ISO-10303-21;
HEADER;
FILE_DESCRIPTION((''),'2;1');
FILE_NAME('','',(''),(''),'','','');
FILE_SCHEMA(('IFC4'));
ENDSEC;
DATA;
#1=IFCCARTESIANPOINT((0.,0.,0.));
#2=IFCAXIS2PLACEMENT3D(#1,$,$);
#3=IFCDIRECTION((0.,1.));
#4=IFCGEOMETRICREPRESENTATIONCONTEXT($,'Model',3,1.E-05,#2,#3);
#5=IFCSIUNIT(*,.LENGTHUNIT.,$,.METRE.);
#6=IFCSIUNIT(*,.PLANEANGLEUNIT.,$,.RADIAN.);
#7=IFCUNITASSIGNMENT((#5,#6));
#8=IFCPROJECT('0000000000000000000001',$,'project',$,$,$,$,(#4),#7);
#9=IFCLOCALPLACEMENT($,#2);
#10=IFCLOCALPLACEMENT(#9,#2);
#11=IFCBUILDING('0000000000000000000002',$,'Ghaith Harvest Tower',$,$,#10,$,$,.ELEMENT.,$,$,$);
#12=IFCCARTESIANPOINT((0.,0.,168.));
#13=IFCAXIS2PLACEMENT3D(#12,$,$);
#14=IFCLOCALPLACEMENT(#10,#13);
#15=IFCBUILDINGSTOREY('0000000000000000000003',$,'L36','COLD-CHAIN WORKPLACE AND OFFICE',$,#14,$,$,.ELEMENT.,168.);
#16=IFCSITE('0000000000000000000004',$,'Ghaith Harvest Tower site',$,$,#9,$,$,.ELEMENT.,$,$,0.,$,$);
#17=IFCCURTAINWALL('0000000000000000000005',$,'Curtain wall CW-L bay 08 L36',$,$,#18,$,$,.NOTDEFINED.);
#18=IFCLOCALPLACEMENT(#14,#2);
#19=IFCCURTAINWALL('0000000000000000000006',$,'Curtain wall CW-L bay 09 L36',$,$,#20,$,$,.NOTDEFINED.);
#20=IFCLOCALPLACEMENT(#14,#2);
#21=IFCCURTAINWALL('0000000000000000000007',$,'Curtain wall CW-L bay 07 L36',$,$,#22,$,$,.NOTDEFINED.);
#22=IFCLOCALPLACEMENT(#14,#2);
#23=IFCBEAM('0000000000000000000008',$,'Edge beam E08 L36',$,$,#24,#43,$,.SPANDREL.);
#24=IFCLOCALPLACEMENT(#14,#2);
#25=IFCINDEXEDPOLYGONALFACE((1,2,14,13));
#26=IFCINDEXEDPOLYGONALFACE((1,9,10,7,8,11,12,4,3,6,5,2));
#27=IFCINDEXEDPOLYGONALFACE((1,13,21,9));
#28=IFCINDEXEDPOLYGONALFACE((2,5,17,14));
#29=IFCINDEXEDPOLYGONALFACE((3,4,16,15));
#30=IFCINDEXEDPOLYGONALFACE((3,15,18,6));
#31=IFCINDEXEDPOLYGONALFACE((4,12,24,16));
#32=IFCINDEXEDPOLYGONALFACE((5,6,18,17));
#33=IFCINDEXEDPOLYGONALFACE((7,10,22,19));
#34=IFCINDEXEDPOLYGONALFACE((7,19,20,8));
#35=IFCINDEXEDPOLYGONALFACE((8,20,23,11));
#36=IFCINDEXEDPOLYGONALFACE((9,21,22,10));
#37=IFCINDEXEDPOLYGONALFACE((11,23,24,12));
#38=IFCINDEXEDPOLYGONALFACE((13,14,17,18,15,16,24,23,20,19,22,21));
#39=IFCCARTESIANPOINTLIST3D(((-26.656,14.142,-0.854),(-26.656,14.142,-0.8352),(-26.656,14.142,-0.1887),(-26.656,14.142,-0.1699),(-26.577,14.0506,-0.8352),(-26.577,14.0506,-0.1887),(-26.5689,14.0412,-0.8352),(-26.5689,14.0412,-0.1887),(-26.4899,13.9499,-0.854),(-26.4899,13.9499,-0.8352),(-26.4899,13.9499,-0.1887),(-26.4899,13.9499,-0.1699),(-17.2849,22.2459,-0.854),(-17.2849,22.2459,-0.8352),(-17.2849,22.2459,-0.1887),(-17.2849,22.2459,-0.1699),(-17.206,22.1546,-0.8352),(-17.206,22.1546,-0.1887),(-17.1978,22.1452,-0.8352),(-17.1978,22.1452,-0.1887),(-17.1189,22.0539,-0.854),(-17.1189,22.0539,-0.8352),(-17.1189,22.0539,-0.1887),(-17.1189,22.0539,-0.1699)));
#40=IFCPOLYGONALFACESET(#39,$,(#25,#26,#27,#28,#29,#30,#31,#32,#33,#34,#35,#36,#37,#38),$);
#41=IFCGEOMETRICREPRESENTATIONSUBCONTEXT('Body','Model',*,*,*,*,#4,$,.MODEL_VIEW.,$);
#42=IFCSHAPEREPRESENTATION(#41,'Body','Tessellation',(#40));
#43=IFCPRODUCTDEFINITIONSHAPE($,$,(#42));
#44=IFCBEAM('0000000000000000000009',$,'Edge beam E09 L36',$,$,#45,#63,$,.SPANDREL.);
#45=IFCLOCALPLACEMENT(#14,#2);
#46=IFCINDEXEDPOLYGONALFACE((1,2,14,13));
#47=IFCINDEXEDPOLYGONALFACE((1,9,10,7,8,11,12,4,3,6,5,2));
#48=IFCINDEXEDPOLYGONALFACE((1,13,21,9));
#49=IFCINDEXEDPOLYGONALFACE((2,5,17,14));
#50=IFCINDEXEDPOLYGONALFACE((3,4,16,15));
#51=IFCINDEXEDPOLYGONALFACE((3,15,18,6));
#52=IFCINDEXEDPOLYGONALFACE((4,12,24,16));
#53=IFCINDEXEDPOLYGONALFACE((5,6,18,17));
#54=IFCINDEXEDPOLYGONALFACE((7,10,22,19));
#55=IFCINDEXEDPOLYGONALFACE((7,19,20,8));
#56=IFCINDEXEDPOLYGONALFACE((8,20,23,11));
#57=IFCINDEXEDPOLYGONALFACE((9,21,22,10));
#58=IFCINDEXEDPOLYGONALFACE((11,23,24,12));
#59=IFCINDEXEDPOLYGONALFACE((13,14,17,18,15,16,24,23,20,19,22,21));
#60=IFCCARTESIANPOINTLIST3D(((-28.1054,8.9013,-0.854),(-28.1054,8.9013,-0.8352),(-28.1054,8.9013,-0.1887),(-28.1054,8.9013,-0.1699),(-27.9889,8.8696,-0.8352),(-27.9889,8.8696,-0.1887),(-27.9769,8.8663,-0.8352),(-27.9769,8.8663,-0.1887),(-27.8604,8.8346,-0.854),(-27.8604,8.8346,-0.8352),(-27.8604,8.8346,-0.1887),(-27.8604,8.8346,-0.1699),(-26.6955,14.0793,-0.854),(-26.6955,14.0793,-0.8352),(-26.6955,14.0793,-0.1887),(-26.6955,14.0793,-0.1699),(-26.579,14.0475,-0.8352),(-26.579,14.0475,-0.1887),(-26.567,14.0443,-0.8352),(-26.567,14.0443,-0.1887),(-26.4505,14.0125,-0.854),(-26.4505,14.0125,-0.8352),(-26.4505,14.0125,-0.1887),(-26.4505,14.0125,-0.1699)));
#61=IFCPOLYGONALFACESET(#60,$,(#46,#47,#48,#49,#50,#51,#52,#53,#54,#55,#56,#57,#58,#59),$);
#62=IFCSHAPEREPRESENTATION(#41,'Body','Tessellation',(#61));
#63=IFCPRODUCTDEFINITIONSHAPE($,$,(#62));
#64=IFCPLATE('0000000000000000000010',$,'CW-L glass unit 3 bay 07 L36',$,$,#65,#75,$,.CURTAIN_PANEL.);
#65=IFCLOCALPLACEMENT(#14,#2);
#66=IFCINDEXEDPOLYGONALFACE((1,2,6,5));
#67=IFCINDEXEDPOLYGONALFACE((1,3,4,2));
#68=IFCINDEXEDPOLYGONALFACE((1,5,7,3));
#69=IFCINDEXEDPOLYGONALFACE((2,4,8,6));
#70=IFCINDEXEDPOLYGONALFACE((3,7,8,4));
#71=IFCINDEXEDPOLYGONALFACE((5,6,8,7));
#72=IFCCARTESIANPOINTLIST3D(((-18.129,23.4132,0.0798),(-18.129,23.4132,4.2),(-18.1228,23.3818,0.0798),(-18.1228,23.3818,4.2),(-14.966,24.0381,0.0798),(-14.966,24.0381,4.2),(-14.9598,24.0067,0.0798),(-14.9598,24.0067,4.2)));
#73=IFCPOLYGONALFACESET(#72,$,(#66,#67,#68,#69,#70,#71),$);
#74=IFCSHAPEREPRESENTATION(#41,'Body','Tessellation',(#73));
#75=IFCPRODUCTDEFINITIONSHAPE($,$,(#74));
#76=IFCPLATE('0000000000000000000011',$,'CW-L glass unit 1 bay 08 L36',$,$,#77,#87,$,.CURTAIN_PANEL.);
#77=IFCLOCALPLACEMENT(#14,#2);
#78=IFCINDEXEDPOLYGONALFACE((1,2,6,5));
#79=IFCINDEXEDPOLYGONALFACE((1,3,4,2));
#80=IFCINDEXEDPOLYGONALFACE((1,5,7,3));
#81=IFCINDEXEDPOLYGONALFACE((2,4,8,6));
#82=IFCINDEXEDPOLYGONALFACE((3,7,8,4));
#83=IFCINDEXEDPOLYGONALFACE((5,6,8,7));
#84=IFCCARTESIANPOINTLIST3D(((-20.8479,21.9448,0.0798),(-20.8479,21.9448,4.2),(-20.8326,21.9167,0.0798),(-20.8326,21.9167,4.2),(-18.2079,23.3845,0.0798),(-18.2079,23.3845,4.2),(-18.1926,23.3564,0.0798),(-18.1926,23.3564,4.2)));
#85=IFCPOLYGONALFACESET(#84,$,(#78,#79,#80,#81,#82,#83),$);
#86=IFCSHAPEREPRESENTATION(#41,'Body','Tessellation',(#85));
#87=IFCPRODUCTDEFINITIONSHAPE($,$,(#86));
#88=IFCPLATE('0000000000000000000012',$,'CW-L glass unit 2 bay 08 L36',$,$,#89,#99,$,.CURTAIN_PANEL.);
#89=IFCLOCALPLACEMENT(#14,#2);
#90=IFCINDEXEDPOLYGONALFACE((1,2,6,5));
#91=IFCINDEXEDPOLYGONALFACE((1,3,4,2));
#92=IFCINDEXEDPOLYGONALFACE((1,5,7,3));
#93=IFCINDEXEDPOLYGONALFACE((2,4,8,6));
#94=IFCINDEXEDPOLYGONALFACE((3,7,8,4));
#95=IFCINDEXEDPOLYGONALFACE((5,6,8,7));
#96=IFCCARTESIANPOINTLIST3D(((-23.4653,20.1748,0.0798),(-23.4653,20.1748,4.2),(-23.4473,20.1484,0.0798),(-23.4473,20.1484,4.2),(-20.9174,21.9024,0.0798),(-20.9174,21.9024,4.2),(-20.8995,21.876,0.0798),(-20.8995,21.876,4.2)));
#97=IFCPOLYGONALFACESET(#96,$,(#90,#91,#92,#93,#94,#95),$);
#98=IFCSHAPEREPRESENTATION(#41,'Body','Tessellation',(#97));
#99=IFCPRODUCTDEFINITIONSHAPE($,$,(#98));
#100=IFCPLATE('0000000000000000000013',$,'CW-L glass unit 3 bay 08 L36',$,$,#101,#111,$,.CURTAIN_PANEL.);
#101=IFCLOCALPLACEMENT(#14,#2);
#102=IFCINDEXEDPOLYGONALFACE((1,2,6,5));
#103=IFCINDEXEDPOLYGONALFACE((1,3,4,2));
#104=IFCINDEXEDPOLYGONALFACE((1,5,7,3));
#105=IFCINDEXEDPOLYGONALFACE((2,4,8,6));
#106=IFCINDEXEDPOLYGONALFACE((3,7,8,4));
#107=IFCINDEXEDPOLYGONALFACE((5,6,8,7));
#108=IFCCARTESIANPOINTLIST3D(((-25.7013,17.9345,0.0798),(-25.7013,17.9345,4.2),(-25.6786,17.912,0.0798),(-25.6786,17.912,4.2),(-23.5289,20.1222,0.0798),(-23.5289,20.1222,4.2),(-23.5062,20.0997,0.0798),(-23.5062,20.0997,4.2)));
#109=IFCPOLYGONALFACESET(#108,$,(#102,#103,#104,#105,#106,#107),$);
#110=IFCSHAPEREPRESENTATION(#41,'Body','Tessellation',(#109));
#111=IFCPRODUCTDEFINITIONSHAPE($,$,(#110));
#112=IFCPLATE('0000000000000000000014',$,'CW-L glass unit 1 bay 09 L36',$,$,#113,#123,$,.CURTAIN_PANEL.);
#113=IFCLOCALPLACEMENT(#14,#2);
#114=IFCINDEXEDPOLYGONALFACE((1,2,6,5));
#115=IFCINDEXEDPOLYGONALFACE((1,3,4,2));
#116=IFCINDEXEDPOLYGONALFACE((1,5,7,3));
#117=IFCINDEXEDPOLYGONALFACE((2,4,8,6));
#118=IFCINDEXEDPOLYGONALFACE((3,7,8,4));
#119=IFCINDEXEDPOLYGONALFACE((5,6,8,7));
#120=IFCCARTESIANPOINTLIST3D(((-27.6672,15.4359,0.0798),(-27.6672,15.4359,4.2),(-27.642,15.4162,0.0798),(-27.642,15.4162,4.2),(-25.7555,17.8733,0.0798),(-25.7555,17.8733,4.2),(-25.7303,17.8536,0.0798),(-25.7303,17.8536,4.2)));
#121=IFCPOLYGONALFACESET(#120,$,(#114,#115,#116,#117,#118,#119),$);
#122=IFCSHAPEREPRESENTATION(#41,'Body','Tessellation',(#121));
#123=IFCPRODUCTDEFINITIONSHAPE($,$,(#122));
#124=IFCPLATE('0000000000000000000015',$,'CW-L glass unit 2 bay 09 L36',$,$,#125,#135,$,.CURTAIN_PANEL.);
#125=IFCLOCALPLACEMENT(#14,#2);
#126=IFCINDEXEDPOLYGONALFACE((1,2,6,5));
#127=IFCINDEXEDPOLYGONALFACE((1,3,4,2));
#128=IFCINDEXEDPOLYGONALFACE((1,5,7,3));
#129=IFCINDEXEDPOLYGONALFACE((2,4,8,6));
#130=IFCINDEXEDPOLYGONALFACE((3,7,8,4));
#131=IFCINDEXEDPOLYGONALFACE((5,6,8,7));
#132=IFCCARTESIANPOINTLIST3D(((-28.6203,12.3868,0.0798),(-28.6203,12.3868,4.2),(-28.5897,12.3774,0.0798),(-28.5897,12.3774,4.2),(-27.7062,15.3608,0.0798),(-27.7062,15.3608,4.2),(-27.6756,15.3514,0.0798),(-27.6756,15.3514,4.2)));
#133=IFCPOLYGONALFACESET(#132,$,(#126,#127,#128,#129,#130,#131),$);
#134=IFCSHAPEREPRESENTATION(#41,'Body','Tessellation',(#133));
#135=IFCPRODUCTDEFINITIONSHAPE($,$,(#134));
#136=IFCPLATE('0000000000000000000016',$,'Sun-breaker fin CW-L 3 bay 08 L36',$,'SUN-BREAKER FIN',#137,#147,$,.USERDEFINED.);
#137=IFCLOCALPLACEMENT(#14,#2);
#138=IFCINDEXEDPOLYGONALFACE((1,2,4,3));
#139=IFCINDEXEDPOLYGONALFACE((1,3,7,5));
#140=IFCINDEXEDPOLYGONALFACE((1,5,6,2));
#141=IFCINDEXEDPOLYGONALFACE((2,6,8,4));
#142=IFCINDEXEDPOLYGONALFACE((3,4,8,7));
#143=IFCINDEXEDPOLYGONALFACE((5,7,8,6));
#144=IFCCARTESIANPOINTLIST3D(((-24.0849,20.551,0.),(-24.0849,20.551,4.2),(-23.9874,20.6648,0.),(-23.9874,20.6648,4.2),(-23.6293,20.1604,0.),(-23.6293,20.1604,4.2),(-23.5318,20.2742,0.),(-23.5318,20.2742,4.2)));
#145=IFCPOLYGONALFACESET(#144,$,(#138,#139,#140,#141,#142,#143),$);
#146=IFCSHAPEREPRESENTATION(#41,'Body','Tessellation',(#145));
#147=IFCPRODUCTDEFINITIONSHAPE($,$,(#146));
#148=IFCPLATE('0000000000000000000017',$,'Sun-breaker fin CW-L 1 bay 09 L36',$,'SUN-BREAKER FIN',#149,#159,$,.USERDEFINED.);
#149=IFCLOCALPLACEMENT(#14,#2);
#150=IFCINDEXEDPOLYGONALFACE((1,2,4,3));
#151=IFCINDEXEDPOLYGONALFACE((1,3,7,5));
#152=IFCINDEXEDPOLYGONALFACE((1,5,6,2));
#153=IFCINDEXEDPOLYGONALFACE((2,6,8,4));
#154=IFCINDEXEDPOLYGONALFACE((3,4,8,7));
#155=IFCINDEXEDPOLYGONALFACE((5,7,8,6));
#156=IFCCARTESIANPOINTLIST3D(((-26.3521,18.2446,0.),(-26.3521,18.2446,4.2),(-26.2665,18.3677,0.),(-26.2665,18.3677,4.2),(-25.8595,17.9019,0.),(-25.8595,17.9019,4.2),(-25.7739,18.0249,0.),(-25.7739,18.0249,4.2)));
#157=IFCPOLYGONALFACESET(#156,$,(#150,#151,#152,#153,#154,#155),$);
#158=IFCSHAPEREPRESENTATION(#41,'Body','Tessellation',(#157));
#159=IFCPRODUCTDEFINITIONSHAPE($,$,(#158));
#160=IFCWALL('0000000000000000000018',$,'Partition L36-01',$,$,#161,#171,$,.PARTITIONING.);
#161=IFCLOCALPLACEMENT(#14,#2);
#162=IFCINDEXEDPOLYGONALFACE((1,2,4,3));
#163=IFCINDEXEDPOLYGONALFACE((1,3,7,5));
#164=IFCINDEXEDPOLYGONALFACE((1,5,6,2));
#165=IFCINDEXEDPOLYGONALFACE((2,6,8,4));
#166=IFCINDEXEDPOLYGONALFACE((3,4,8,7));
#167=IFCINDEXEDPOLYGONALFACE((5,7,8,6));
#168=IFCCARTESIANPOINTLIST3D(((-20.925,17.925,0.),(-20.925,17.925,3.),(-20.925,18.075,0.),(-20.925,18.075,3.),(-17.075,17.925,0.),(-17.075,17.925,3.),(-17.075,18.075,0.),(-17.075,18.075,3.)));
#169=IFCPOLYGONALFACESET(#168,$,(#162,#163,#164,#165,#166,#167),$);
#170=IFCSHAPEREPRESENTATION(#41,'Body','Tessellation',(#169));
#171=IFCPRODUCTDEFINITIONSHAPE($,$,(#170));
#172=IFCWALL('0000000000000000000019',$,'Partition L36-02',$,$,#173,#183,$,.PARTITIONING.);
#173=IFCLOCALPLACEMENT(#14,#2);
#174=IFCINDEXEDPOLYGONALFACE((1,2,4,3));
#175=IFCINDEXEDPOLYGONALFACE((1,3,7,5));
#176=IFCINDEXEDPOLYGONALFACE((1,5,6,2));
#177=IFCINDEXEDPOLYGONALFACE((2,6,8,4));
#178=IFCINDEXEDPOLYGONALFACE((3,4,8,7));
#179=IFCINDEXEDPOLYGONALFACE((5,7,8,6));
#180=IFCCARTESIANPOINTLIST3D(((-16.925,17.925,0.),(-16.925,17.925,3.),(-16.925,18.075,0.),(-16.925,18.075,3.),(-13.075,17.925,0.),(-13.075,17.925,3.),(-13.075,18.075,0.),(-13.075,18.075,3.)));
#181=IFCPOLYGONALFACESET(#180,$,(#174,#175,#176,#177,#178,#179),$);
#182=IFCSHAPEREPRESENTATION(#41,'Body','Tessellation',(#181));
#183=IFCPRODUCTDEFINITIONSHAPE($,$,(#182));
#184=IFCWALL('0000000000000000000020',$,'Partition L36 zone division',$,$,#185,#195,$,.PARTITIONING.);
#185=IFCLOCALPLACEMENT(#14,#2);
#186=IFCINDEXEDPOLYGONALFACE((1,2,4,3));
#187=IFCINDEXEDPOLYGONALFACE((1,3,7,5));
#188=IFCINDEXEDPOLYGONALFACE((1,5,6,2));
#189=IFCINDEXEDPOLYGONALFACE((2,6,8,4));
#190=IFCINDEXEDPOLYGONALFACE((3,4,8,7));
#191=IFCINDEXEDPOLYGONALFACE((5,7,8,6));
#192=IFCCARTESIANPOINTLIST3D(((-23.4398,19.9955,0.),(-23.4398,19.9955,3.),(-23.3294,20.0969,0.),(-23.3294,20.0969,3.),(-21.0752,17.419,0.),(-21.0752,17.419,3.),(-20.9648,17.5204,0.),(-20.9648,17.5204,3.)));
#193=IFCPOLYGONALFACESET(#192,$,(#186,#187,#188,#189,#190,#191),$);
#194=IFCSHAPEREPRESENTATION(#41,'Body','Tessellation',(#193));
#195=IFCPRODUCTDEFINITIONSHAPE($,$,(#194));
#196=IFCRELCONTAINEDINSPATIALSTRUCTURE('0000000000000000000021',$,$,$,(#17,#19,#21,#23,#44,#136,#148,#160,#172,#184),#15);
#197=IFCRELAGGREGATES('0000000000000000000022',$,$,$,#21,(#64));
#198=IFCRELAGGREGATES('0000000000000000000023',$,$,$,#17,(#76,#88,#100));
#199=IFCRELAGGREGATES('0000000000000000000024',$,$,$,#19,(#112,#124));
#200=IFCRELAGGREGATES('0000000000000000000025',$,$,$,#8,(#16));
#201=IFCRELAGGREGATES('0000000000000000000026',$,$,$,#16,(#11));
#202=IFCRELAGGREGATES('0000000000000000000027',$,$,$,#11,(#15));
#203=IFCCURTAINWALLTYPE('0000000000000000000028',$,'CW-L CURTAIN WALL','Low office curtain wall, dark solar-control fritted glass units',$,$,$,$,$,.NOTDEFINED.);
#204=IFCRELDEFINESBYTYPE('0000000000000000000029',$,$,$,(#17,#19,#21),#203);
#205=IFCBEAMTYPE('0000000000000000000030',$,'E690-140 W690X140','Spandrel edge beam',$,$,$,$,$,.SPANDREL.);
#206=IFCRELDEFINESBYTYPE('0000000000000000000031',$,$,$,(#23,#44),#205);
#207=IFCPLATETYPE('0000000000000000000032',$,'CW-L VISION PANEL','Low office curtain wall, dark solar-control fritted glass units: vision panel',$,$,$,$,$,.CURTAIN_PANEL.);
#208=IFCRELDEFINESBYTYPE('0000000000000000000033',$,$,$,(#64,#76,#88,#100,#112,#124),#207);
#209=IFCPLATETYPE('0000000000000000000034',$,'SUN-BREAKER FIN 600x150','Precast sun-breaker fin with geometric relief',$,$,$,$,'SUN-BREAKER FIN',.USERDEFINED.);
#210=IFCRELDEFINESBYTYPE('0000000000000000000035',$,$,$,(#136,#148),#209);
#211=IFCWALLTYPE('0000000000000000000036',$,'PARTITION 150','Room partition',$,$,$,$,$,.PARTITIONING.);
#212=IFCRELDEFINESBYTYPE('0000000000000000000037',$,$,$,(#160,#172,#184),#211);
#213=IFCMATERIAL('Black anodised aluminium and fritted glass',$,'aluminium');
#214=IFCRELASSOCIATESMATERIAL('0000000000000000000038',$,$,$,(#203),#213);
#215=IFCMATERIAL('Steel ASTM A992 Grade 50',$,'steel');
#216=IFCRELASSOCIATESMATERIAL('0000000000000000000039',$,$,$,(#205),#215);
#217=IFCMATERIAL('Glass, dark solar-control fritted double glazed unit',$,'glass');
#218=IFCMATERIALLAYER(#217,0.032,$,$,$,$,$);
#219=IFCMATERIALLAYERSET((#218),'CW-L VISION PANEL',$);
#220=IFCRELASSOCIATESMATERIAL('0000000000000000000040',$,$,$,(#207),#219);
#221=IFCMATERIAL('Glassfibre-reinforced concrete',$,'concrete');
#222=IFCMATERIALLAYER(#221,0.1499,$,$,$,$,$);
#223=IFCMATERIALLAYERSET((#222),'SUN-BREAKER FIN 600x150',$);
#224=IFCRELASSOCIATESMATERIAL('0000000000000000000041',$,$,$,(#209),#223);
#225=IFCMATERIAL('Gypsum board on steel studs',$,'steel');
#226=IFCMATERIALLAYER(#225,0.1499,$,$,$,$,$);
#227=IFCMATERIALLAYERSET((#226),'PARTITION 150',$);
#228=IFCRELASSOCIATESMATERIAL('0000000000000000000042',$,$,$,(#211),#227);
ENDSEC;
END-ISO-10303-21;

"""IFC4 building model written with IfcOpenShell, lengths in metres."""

from ifc_helpers import new_model, si_unit, direction, frame, frame_2d, origin, origin_2d, place, context, subcontext, project, spatial, rectangle, i_section, extrude, material, layer, layer_set, material_profile, profile_set, type_object, element, aggregate, save


model = new_model("IFC4")

# Units and contexts
model_context = context("Model", 3, precision=1e-05, world=origin(), true_north=direction((0.0, 1.0)))
body_context = subcontext(model_context, "Body", "Model", "MODEL_VIEW")
ifc_project = project(units=[si_unit("LENGTHUNIT", "METRE"), si_unit("PLANEANGLEUNIT", "RADIAN")], contexts=[model_context])

# Site, building, storey
site_placement = place(None, origin())
site = spatial("IfcSite", under=ifc_project, at=site_placement, Name="Ghaith Harvest Tower site", CompositionType="ELEMENT", RefElevation=0.0)
building_placement = place(site_placement, origin())
building = spatial("IfcBuilding", under=site, at=building_placement, Name="Ghaith Harvest Tower", CompositionType="ELEMENT")
storey_placement = place(building_placement, frame((0.0, 0.0, 168.0)))
storey = spatial("IfcBuildingStorey", under=building, at=storey_placement, Name="L36", Description="COLD-CHAIN WORKPLACE AND OFFICE", CompositionType="ELEMENT", Elevation=168.0)

# Curtain walls
ifc_material_1 = material(Name="Black anodised aluminium and fritted glass", Category="aluminium")
curtain_wall_type = type_object("IfcCurtainWallType", Name="CW-L CURTAIN WALL", Description="Low office curtain wall, dark solar-control fritted glass units", PredefinedType="NOTDEFINED", material=ifc_material_1)
curtain_wall_1_placement = place(storey_placement, origin())
curtain_wall_1 = element("IfcCurtainWall", 1, at=curtain_wall_1_placement, inside=storey, type_object=curtain_wall_type, Name="Curtain wall CW-L bay 08 L36", PredefinedType="NOTDEFINED")
curtain_wall_2_placement = place(storey_placement, origin())
curtain_wall_2 = element("IfcCurtainWall", 2, at=curtain_wall_2_placement, inside=storey, type_object=curtain_wall_type, Name="Curtain wall CW-L bay 09 L36", PredefinedType="NOTDEFINED")

# Curtain wall
curtain_wall_3_placement = place(storey_placement, origin())
curtain_wall_3 = element("IfcCurtainWall", 3, at=curtain_wall_3_placement, inside=storey, type_object=curtain_wall_type, Name="Curtain wall CW-L bay 07 L36", PredefinedType="NOTDEFINED")

# Beams
ifc_material_2 = material(Name="Steel ASTM A992 Grade 50", Category="steel")
ifc_material_profile_1 = material_profile(ifc_material_2, i_section(OverallWidth=0.2539, OverallDepth=0.6841, WebThickness=0.0125, FlangeThickness=0.0188, at=origin_2d()), Name="W690X140")
ifc_profile_set_1 = profile_set([ifc_material_profile_1], Name="Steel ASTM A992 Grade 50")
beam_type = type_object("IfcBeamType", Name="E690-140 W690X140", Description="Spandrel edge beam", PredefinedType="SPANDREL", material=ifc_profile_set_1)
beam_1_placement = place(storey_placement, frame((-17.2019, 22.1499, -0.512), z_axis=(-0.756392, -0.654118, 0.0), x_axis=(0.654118, -0.756392, 0.0)))
element("IfcBeam", 4, at=beam_1_placement, inside=storey, type_object=beam_type, Name="Edge beam E08 L36", PredefinedType="SPANDREL", context=body_context, shape_type="SweptSolid", body=[
    extrude(i_section(OverallWidth=0.2539, OverallDepth=0.6841, WebThickness=0.0125, FlangeThickness=0.0188, at=origin_2d()), origin(), (0.0, 0.0, 1.0), 12.3892),
])
beam_2_placement = place(storey_placement, frame((-26.573, 14.0459, -0.512), z_axis=(-0.262725, -0.964871, 0.0), x_axis=(0.964871, -0.262725, 0.0)))
element("IfcBeam", 5, at=beam_2_placement, inside=storey, type_object=beam_type, Name="Edge beam E09 L36", PredefinedType="SPANDREL", context=body_context, shape_type="SweptSolid", body=[
    extrude(i_section(OverallWidth=0.2539, OverallDepth=0.6841, WebThickness=0.0125, FlangeThickness=0.0188, at=origin_2d()), origin(), (0.0, 0.0, 1.0), 5.3665),
])

# Plates
ifc_material_3 = material(Name="Glass, dark solar-control fritted double glazed unit", Category="glass")
ifc_layer_1 = layer(ifc_material_3, 0.032)
ifc_layer_set_1 = layer_set([ifc_layer_1], Name="CW-L VISION PANEL")
plate_type_1 = type_object("IfcPlateType", Name="CW-L VISION PANEL", Description="Low office curtain wall, dark solar-control fritted glass units: vision panel", PredefinedType="CURTAIN_PANEL", material=ifc_layer_set_1)
plate_1_placement = place(storey_placement, frame((-16.5444, 23.71, 0.0798), z_axis=(0.0, 0.0, 1.0), x_axis=(-0.981038, -0.193818, 0.0)))
plate_1 = element("IfcPlate", 6, at=plate_1_placement, type_object=plate_type_1, Name="CW-L glass unit 3 bay 07 L36", PredefinedType="CURTAIN_PANEL", context=body_context, shape_type="SweptSolid", body=[
    extrude(rectangle(XDim=3.2241, YDim=0.032, at=origin_2d()), origin(), (0.0, 0.0, 1.0), 4.1201),
])
aggregate(curtain_wall_3, [plate_1])
plate_2_placement = place(storey_placement, frame((-19.5203, 22.6506, 0.0798), z_axis=(0.0, 0.0, 1.0), x_axis=(-0.87794, -0.47877, 0.0)))
plate_2 = element("IfcPlate", 7, at=plate_2_placement, type_object=plate_type_1, Name="CW-L glass unit 1 bay 08 L36", PredefinedType="CURTAIN_PANEL", context=body_context, shape_type="SweptSolid", body=[
    extrude(rectangle(XDim=3.0071, YDim=0.032, at=origin_2d()), origin(), (0.0, 0.0, 1.0), 4.1201),
])
plate_3_placement = place(storey_placement, frame((-22.1824, 21.0254, 0.0798), z_axis=(0.0, 0.0, 1.0), x_axis=(-0.827675, -0.561208, 0.0)))
plate_3 = element("IfcPlate", 8, at=plate_3_placement, type_object=plate_type_1, Name="CW-L glass unit 2 bay 08 L36", PredefinedType="CURTAIN_PANEL", context=body_context, shape_type="SweptSolid", body=[
    extrude(rectangle(XDim=3.0784, YDim=0.032, at=origin_2d()), origin(), (0.0, 0.0, 1.0), 4.1201),
])
plate_4_placement = place(storey_placement, frame((-24.6038, 19.0171, 0.0798), z_axis=(0.0, 0.0, 1.0), x_axis=(-0.704614, -0.709591, 0.0)))
plate_4 = element("IfcPlate", 9, at=plate_4_placement, type_object=plate_type_1, Name="CW-L glass unit 3 bay 08 L36", PredefinedType="CURTAIN_PANEL", context=body_context, shape_type="SweptSolid", body=[
    extrude(rectangle(XDim=3.083, YDim=0.032, at=origin_2d()), origin(), (0.0, 0.0, 1.0), 4.1201),
])
aggregate(curtain_wall_1, [plate_2, plate_3, plate_4])
plate_5_placement = place(storey_placement, frame((-26.6987, 16.6448, 0.0798), z_axis=(0.0, 0.0, 1.0), x_axis=(-0.617141, -0.786853, 0.0)))
plate_5 = element("IfcPlate", 10, at=plate_5_placement, type_object=plate_type_1, Name="CW-L glass unit 1 bay 09 L36", PredefinedType="CURTAIN_PANEL", context=body_context, shape_type="SweptSolid", body=[
    extrude(rectangle(XDim=3.0977, YDim=0.032, at=origin_2d()), origin(), (0.0, 0.0, 1.0), 4.1201),
])
plate_6_placement = place(storey_placement, frame((-28.1479, 13.8691, 0.0798), z_axis=(0.0, 0.0, 1.0), x_axis=(-0.293803, -0.955866, 0.0)))
plate_6 = element("IfcPlate", 11, at=plate_6_placement, type_object=plate_type_1, Name="CW-L glass unit 2 bay 09 L36", PredefinedType="CURTAIN_PANEL", context=body_context, shape_type="SweptSolid", body=[
    extrude(rectangle(XDim=3.1113, YDim=0.032, at=origin_2d()), origin(), (0.0, 0.0, 1.0), 4.1201),
])
aggregate(curtain_wall_2, [plate_5, plate_6])

# Plates
ifc_material_4 = material(Name="Glassfibre-reinforced concrete", Category="concrete")
ifc_layer_2 = layer(ifc_material_4, 0.1499)
ifc_layer_set_2 = layer_set([ifc_layer_2], Name="SUN-BREAKER FIN 600x150")
plate_type_2 = type_object("IfcPlateType", Name="SUN-BREAKER FIN 600x150", Description="Precast sun-breaker fin with geometric relief", ElementType="SUN-BREAKER FIN", PredefinedType="USERDEFINED", material=ifc_layer_set_2)
for number, where, z_axis, x_axis, name in (
    (12, (-23.8083, 20.4126, 0.0), (0.0, 0.0, 1.0), (-0.75917, 0.650893, 0.0), "Sun-breaker fin CW-L 3 bay 08 L36"),
    (13, (-26.063, 18.1348, 0.0), (0.0, 0.0, 1.0), (-0.820845, 0.57115, 0.0), "Sun-breaker fin CW-L 1 bay 09 L36"),
):
    element("IfcPlate", number, at=place(storey_placement, frame(where, z_axis=z_axis, x_axis=x_axis)), inside=storey, type_object=plate_type_2, Name=name, ObjectType="SUN-BREAKER FIN", PredefinedType="USERDEFINED", context=body_context, shape_type="SweptSolid", body=[
        extrude(rectangle(XDim=0.6001, YDim=0.1499, at=origin_2d()), origin(), (0.0, 0.0, 1.0), 4.2),
    ])

# Walls
ifc_material_5 = material(Name="Gypsum board on steel studs", Category="steel")
ifc_layer_3 = layer(ifc_material_5, 0.1499)
ifc_layer_set_3 = layer_set([ifc_layer_3], Name="PARTITION 150")
wall_type = type_object("IfcWallType", Name="PARTITION 150", Description="Room partition", PredefinedType="PARTITIONING", material=ifc_layer_set_3)
for number, where, z_axis, x_axis, name in (
    (14, (-20.925, 18.0, 0.0), (0.0, 0.0, 1.0), (1.0, 0.0, 0.0), "Partition L36-01"),
    (15, (-16.925, 18.0, 0.0), (0.0, 0.0, 1.0), (1.0, 0.0, 0.0), "Partition L36-02"),
):
    element("IfcWall", number, at=place(storey_placement, frame(where, z_axis=z_axis, x_axis=x_axis)), inside=storey, type_object=wall_type, Name=name, PredefinedType="PARTITIONING", context=body_context, shape_type="SweptSolid", body=[
        extrude(rectangle(XDim=3.8501, YDim=0.1499, at=frame_2d((1.925, 0.0))), origin(), (0.0, 0.0, 1.0), 3.0),
    ])
wall_placement = place(storey_placement, frame((-21.02, 17.4697, 0.0), z_axis=(0.0, 0.0, 1.0), x_axis=(-0.676158, 0.736757, 0.0)))
element("IfcWall", 16, at=wall_placement, inside=storey, type_object=wall_type, Name="Partition L36 zone division", PredefinedType="PARTITIONING", context=body_context, shape_type="SweptSolid", body=[
    extrude(rectangle(XDim=3.4971, YDim=0.1499, at=frame_2d((1.7485, 0.0))), origin(), (0.0, 0.0, 1.0), 3.0),
])

save(model, "model.ifc")
